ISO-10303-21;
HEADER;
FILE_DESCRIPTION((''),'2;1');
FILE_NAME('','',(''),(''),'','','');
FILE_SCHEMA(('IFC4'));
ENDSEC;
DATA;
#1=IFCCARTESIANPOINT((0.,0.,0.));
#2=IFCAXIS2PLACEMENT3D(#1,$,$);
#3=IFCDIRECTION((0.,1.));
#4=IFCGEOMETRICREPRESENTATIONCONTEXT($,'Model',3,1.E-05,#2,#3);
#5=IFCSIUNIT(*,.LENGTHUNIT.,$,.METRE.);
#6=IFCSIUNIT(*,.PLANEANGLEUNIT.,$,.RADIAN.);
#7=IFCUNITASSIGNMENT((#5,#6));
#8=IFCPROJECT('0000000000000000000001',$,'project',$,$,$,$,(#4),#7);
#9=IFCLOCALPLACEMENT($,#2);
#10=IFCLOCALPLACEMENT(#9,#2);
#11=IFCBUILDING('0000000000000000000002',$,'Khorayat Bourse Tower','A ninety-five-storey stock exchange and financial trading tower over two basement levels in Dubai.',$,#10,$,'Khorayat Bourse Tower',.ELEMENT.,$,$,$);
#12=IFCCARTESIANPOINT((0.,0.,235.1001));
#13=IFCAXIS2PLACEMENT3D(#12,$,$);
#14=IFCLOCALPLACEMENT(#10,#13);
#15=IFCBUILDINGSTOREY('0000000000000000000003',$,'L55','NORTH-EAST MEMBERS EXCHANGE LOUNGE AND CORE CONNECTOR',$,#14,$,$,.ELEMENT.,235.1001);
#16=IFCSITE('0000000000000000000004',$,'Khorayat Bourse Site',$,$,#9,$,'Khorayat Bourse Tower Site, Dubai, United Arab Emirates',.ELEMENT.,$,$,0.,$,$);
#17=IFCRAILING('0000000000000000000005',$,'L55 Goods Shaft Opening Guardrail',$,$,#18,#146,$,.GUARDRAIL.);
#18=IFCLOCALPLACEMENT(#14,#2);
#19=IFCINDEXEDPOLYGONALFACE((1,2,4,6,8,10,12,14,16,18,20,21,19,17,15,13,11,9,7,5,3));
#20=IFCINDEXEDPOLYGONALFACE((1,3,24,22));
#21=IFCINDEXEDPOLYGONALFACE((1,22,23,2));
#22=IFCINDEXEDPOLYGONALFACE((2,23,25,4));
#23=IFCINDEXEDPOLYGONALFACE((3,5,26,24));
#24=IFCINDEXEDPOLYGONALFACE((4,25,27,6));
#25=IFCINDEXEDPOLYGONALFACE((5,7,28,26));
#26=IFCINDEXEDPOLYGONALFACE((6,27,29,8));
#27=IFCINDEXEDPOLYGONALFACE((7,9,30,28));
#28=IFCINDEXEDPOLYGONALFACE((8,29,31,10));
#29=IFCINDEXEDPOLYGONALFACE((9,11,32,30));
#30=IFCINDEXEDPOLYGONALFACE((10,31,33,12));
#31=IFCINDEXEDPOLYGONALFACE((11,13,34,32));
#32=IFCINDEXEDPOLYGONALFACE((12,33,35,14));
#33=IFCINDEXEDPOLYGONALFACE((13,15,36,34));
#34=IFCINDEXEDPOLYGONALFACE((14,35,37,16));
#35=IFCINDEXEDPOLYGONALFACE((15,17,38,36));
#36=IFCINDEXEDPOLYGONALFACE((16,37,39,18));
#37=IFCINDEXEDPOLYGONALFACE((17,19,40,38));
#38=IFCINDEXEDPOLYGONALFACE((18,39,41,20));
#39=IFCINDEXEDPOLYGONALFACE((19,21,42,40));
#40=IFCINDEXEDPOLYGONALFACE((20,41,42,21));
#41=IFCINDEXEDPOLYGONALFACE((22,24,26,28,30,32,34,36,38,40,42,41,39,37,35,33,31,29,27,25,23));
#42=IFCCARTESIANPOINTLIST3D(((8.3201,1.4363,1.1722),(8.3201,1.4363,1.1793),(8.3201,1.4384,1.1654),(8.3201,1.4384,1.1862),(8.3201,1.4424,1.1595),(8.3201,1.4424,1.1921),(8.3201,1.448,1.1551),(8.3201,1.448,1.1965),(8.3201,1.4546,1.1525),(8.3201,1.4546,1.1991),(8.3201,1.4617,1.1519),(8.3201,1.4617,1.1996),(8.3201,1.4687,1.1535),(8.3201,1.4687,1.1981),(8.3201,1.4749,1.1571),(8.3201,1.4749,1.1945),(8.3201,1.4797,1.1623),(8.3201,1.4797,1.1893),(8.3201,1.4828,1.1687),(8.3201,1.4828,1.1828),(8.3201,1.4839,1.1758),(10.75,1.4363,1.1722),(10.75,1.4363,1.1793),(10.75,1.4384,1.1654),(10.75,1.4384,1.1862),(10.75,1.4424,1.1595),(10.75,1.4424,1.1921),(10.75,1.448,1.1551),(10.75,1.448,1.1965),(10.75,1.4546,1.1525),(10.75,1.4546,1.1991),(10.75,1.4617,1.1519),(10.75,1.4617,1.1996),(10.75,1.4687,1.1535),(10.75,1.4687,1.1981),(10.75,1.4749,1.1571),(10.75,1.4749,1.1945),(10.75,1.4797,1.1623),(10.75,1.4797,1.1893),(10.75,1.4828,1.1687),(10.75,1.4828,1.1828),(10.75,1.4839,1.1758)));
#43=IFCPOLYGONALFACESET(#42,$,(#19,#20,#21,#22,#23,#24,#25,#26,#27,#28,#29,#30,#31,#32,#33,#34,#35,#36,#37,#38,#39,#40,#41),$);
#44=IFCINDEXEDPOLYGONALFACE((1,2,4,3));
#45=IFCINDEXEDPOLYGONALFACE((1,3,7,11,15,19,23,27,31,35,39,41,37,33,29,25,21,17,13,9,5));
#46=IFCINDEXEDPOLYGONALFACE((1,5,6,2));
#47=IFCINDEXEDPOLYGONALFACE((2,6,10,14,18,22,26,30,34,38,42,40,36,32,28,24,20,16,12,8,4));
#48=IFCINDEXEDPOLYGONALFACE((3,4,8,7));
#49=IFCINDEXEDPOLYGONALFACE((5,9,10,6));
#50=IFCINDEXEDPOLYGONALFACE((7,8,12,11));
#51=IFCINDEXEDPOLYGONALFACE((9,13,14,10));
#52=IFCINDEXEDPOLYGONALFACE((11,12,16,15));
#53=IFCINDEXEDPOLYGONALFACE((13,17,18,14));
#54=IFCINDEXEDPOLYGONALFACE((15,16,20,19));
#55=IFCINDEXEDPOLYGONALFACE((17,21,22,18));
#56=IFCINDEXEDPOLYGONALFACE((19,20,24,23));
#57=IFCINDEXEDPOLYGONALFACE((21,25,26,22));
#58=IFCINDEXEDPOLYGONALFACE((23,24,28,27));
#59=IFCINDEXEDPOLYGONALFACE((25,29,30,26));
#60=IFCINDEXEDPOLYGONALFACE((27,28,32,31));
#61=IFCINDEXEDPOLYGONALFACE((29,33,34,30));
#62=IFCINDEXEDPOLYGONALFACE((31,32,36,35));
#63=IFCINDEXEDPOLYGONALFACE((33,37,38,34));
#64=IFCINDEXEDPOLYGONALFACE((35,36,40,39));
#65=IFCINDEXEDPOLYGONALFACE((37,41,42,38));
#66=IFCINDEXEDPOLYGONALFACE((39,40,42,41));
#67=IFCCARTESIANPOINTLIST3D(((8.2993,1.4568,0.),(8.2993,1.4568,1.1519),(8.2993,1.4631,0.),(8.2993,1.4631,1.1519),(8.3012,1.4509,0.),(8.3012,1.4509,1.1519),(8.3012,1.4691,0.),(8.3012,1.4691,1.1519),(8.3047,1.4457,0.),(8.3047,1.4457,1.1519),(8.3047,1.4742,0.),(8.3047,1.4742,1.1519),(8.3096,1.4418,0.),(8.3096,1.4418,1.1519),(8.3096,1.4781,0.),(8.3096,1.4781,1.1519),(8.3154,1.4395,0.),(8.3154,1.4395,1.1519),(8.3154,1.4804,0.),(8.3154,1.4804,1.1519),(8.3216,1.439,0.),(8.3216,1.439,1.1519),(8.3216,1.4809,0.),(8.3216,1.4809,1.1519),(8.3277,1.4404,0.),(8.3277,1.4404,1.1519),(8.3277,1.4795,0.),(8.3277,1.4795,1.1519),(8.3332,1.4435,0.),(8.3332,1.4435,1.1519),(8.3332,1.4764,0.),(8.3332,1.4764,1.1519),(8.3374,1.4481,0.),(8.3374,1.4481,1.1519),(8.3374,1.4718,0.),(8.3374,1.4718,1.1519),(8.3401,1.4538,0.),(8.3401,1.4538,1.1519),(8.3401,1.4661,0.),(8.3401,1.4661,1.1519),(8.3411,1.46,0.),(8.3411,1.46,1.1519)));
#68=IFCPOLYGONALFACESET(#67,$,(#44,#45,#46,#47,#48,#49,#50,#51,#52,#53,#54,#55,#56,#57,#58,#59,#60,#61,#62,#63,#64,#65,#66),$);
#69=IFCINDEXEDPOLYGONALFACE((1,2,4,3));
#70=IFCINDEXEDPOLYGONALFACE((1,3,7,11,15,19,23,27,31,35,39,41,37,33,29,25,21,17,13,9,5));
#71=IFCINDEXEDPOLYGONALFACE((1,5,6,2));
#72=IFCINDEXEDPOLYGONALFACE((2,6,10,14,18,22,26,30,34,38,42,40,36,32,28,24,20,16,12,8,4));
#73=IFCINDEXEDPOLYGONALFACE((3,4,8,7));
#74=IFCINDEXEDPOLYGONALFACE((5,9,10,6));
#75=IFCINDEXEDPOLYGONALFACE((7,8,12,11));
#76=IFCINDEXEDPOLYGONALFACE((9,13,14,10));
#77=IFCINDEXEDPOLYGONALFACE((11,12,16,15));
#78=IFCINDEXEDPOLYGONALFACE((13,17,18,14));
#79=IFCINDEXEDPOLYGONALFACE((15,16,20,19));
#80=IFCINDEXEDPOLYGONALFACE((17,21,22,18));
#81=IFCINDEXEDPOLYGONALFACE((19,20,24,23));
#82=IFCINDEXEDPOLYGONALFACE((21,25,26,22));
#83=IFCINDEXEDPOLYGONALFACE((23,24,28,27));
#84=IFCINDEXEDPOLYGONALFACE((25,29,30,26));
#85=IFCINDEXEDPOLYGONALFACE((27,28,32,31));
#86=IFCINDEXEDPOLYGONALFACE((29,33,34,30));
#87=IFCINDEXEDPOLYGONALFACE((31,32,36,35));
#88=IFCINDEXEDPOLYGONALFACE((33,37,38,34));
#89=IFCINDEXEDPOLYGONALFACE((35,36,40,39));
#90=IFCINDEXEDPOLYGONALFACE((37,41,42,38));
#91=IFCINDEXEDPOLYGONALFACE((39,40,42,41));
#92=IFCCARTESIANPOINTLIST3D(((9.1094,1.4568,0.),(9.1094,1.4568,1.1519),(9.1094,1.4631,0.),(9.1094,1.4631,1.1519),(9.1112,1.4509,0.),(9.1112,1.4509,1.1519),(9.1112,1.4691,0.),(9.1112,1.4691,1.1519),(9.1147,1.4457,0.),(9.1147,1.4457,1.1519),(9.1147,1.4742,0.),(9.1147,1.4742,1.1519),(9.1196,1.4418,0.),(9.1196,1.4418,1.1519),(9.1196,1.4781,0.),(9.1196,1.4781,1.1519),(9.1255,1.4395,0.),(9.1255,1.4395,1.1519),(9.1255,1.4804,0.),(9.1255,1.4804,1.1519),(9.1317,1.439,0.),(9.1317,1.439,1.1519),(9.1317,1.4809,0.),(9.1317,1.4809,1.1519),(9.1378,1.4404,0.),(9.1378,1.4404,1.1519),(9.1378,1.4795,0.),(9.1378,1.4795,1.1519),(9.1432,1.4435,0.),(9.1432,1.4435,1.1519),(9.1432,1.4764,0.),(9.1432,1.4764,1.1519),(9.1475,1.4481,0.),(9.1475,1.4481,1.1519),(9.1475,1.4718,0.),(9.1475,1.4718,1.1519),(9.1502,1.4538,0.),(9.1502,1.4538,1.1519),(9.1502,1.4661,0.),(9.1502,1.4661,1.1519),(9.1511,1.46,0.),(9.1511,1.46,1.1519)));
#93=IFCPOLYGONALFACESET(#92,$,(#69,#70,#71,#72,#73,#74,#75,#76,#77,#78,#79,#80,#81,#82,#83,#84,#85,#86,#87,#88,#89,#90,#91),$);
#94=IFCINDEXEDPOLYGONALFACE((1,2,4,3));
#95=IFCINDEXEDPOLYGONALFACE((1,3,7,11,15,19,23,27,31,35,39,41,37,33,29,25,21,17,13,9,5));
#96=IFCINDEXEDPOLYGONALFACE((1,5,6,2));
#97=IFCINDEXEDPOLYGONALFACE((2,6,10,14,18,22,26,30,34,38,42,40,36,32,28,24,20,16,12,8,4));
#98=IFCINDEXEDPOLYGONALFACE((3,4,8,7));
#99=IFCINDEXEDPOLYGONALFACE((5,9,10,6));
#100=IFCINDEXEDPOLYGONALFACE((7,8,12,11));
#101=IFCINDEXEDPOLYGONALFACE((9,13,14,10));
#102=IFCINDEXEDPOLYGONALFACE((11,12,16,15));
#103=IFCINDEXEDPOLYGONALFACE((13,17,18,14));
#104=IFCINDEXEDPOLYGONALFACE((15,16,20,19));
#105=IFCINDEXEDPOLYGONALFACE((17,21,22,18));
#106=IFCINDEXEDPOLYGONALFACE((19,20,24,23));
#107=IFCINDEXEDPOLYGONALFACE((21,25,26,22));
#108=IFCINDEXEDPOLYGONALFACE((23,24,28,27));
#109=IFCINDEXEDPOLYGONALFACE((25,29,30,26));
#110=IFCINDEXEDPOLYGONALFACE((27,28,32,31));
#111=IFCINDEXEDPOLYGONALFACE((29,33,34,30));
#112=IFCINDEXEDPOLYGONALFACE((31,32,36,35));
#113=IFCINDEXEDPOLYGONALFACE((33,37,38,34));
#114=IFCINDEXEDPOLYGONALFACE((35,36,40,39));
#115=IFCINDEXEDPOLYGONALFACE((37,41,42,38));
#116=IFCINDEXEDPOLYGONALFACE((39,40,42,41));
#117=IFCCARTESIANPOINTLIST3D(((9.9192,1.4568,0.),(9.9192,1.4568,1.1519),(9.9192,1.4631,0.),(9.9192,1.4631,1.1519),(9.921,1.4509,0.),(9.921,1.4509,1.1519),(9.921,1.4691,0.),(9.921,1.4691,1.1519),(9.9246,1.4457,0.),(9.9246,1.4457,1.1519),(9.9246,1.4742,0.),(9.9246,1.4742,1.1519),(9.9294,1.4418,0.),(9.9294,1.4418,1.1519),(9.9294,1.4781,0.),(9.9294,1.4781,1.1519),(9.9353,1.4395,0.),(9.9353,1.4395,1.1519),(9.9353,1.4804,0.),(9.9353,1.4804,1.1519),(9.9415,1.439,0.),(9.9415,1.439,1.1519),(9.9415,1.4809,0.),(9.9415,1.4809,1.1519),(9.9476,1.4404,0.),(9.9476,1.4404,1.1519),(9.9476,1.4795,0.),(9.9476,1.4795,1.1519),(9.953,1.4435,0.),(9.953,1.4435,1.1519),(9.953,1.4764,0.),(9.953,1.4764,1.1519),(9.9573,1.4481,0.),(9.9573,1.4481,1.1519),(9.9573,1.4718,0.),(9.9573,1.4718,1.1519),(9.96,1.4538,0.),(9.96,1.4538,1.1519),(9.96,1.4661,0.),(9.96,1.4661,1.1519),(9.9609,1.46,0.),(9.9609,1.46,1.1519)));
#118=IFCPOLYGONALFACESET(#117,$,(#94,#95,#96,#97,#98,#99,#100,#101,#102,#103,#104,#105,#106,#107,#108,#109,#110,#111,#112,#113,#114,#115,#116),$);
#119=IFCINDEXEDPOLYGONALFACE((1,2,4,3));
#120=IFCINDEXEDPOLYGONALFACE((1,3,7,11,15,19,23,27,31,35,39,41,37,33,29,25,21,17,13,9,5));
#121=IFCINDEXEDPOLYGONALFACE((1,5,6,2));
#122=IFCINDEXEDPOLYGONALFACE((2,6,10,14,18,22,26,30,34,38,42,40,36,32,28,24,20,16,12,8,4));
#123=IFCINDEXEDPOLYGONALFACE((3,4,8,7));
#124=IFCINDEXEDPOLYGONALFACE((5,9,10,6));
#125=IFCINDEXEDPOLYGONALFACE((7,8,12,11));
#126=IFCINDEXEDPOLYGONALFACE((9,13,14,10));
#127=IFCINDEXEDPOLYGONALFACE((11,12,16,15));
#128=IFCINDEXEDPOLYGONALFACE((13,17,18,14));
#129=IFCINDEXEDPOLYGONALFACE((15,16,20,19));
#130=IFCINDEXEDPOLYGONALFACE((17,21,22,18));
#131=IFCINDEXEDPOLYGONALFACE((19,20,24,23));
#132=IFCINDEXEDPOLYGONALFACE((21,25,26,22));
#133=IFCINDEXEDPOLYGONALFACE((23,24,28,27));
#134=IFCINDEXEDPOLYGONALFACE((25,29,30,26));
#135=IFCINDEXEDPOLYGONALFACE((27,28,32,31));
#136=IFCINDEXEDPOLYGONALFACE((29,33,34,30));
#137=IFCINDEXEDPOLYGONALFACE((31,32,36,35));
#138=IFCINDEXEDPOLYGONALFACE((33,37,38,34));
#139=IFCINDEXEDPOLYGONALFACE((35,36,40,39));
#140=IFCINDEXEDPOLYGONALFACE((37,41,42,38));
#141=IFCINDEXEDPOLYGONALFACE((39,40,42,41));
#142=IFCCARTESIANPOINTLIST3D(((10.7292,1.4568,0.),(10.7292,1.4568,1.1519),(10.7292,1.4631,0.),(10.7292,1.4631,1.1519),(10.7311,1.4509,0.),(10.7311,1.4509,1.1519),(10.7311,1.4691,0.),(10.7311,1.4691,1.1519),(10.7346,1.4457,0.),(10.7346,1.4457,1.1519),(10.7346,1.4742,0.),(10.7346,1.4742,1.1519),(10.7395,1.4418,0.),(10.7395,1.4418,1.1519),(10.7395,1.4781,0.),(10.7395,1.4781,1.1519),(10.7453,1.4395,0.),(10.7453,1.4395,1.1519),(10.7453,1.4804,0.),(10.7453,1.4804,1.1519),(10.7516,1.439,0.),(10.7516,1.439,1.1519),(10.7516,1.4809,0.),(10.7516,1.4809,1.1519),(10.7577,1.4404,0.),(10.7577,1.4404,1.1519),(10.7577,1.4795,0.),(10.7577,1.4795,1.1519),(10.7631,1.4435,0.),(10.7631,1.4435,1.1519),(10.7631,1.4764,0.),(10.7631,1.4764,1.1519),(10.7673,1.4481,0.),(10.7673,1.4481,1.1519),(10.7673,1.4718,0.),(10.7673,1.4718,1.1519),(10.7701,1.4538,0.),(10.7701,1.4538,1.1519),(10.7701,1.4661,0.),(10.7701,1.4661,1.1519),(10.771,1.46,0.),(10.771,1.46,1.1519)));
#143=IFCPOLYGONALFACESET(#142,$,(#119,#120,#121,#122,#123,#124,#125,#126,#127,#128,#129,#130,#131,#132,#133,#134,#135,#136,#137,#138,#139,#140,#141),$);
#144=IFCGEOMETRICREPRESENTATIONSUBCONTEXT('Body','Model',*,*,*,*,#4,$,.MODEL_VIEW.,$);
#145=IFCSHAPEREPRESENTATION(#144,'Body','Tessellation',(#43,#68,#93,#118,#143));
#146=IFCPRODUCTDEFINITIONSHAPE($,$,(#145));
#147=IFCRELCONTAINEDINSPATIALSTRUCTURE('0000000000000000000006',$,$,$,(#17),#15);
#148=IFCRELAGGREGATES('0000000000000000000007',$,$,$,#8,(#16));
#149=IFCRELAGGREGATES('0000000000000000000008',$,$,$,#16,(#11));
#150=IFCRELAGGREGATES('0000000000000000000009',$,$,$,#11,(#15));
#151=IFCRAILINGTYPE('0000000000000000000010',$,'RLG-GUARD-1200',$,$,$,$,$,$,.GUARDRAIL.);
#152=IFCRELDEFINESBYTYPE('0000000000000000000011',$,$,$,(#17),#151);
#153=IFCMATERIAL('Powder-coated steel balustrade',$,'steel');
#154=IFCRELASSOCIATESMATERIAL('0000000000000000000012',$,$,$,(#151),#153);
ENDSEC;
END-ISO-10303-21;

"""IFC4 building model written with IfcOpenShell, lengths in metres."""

from ifc_helpers import new_model, si_unit, direction, frame, origin, origin_2d, place, context, subcontext, project, spatial, circle, extrude, source, transform, mapped, material, type_object, element, save


model = new_model("IFC4")

# Units and contexts
model_context = context("Model", 3, precision=1e-05, world=origin(), true_north=direction((0.0, 1.0)))
body_context = subcontext(model_context, "Body", "Model", "MODEL_VIEW")
ifc_project = project(units=[si_unit("LENGTHUNIT", "METRE"), si_unit("PLANEANGLEUNIT", "RADIAN")], contexts=[model_context])

# Site, building, storey
site_placement = place(None, origin())
site = spatial("IfcSite", under=ifc_project, at=site_placement, Name="Khorayat Bourse Site", LongName="Khorayat Bourse Tower Site, Dubai, United Arab Emirates", CompositionType="ELEMENT", RefElevation=0.0)
building_placement = place(site_placement, origin())
building = spatial("IfcBuilding", under=site, at=building_placement, Name="Khorayat Bourse Tower", Description="A ninety-five-storey stock exchange and financial trading tower over two basement levels in Dubai.", LongName="Khorayat Bourse Tower", CompositionType="ELEMENT")
storey_placement = place(building_placement, frame((0.0, 0.0, 235.1001)))
storey = spatial("IfcBuildingStorey", under=building, at=storey_placement, Name="L55", Description="NORTH-EAST MEMBERS EXCHANGE LOUNGE AND CORE CONNECTOR", CompositionType="ELEMENT", Elevation=235.1001)

# Railing
ifc_material_1 = material(Name="Powder-coated steel balustrade", Category="steel")
railing_type = type_object("IfcRailingType", Name="RLG-GUARD-1200", PredefinedType="GUARDRAIL", material=ifc_material_1)
shared_shape_1 = source(origin(), body_context, "Body", "SweptSolid", [
    extrude(circle(Radius=0.0239, at=origin_2d()), frame((0.0, 0.0, 1.1758), z_axis=(1.0, 0.0, 0.0), x_axis=(0.0, 1.0, 0.0)), (0.0, 0.0, 1.0), 2.4299),
    extrude(circle(Radius=0.021, at=origin_2d()), origin(), (0.0, 0.0, 1.0), 1.1519),
    extrude(circle(Radius=0.021, at=origin_2d()), frame((0.8101, 0.0, 0.0)), (0.0, 0.0, 1.0), 1.1519),
    extrude(circle(Radius=0.021, at=origin_2d()), frame((1.6199, 0.0, 0.0)), (0.0, 0.0, 1.0), 1.1519),
    extrude(circle(Radius=0.021, at=origin_2d()), frame((2.4299, 0.0, 0.0)), (0.0, 0.0, 1.0), 1.1519),
])
railing_placement = place(storey_placement, frame((8.3201, 1.46, 0.0)))
element("IfcRailing", 1, at=railing_placement, inside=storey, type_object=railing_type, Name="L55 Goods Shaft Opening Guardrail", PredefinedType="GUARDRAIL", context=body_context, shape_type="MappedRepresentation", body=[
    mapped(shared_shape_1, transform((0.0, 0.0, 0.0), scale=1.0)),
])

save(model, "model.ifc")
